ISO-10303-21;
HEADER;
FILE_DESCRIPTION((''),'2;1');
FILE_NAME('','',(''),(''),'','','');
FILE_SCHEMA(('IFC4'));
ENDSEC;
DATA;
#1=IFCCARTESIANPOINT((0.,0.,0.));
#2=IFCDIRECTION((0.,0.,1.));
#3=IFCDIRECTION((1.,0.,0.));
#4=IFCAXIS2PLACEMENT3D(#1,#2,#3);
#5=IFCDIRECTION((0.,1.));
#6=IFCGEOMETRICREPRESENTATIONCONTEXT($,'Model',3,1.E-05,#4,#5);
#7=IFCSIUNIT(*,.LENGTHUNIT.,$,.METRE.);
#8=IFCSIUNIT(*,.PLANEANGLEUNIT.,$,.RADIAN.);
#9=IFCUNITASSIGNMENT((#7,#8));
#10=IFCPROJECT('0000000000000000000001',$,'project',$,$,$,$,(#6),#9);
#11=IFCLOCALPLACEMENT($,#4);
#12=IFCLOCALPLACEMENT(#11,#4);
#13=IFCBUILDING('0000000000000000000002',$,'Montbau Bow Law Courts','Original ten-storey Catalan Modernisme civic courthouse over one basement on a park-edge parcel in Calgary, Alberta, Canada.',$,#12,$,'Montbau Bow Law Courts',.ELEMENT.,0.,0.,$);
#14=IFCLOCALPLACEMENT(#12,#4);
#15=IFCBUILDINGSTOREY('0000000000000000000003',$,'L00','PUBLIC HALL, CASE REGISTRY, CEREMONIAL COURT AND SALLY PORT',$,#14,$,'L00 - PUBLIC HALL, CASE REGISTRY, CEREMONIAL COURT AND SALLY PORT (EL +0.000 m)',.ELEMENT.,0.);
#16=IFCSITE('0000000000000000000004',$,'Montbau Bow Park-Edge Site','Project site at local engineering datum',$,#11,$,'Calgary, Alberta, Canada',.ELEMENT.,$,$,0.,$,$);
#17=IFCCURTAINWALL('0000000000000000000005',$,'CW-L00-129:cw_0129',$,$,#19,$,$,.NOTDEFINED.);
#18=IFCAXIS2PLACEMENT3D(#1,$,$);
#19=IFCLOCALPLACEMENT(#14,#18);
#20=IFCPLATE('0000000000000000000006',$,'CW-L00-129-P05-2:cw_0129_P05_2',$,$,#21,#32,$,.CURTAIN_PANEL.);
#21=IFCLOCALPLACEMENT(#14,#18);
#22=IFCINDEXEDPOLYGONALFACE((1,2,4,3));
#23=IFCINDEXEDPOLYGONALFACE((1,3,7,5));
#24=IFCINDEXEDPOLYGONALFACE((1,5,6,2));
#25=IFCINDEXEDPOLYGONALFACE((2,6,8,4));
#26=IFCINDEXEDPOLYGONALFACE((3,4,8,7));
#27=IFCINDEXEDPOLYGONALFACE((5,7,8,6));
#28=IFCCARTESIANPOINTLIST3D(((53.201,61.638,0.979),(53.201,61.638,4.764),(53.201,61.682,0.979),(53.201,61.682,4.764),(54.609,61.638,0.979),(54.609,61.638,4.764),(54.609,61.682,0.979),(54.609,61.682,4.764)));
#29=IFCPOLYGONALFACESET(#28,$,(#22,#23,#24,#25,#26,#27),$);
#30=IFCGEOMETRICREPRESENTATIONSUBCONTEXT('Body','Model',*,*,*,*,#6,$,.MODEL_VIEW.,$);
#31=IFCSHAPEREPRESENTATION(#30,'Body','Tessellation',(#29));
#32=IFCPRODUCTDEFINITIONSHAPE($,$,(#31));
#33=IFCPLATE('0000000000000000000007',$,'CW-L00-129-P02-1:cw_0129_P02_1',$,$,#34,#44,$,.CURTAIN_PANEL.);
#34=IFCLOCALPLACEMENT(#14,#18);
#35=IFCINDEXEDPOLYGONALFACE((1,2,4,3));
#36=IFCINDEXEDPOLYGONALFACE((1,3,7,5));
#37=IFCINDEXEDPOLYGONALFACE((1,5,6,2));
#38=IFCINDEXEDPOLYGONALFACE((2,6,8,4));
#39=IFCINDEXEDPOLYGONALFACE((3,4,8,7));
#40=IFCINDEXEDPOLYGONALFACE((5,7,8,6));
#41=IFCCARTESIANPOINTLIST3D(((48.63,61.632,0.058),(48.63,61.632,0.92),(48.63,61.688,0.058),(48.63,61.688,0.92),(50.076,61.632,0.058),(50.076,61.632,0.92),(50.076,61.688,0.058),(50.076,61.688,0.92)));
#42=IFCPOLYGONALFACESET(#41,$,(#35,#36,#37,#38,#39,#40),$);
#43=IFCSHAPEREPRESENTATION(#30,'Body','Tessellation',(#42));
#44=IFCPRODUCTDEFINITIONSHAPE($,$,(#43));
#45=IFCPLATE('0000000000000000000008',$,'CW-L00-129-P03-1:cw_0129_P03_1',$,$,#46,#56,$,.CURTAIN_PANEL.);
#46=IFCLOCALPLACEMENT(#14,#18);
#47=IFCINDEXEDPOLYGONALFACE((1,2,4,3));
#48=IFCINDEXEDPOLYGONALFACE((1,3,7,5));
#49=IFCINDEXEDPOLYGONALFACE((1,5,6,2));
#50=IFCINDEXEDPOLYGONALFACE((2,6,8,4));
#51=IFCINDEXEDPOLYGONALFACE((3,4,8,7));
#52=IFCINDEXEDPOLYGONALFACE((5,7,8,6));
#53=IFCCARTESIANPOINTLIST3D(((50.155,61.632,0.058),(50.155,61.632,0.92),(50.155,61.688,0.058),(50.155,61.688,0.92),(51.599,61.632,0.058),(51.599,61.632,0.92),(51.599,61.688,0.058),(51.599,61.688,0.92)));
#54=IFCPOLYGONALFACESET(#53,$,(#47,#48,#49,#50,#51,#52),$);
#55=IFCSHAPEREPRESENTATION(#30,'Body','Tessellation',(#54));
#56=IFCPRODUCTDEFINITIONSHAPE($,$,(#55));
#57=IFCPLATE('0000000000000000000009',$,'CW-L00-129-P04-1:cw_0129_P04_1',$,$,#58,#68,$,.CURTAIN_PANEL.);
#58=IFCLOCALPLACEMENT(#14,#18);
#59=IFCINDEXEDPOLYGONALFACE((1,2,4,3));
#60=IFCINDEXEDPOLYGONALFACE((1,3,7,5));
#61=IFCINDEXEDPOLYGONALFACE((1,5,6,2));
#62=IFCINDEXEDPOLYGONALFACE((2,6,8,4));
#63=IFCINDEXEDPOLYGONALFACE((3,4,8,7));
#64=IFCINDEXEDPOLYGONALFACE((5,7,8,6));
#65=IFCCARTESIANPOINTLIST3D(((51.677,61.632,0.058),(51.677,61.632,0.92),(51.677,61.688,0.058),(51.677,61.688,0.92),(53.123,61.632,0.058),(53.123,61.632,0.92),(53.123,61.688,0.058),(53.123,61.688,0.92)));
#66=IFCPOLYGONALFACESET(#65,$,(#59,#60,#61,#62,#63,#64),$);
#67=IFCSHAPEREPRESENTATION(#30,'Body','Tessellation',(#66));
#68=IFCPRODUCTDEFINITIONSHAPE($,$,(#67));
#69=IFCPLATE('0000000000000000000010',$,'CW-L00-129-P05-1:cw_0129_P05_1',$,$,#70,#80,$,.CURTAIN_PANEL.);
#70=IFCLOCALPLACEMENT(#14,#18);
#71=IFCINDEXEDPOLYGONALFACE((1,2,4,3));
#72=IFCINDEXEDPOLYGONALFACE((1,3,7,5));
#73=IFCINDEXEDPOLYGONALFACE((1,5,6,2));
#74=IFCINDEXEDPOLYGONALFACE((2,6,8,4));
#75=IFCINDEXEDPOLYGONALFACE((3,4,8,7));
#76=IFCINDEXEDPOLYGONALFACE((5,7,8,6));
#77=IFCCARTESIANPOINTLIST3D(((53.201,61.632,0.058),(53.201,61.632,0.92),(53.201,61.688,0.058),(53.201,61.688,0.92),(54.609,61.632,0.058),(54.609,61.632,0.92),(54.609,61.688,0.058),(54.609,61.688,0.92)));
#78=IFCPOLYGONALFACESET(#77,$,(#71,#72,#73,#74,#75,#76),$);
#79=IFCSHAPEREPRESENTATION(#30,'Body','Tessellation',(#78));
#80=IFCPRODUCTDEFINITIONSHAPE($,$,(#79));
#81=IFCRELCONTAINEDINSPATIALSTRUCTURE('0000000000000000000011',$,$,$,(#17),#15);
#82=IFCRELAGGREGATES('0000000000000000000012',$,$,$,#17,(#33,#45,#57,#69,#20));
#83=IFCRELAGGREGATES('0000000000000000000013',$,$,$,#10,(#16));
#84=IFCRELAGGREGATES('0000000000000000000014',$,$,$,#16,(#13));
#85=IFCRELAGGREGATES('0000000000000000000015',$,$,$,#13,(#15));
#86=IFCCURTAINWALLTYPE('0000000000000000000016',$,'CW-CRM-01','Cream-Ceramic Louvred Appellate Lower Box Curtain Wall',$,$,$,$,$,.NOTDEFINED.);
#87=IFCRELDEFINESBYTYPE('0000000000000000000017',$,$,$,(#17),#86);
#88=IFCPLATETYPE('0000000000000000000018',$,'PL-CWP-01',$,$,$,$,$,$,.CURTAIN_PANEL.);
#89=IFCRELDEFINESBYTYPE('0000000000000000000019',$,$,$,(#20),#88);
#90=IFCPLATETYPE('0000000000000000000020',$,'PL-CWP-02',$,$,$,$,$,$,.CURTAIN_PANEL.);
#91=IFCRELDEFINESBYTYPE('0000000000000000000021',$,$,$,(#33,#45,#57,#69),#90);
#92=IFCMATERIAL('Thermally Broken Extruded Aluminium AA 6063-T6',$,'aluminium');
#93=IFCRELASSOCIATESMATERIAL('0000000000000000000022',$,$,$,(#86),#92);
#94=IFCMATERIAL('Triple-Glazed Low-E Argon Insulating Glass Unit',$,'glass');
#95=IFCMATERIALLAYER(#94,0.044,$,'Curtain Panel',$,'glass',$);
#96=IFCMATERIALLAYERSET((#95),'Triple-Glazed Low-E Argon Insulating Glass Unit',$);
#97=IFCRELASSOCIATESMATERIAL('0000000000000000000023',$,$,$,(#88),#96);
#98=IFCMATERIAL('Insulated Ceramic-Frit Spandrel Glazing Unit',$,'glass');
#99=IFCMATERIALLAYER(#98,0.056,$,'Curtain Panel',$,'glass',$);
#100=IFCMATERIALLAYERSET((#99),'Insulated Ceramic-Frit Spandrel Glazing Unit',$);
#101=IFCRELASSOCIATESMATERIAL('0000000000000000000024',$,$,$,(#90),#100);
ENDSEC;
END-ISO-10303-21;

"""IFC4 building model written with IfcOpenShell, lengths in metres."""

from ifc_helpers import new_model, si_unit, direction, frame, frame_2d, origin_with_axes, place, context, subcontext, project, spatial, rectangle, extrude, material, layer, layer_set, type_object, element, aggregate, save


model = new_model("IFC4")

# Units and contexts
model_context = context("Model", 3, precision=1e-05, world=origin_with_axes(), true_north=direction((0.0, 1.0)))
body_context = subcontext(model_context, "Body", "Model", "MODEL_VIEW")
ifc_project = project(units=[si_unit("LENGTHUNIT", "METRE"), si_unit("PLANEANGLEUNIT", "RADIAN")], contexts=[model_context])

# Site, building, storey
site_placement = place(None, origin_with_axes())
site = spatial("IfcSite", under=ifc_project, at=site_placement, Name="Montbau Bow Park-Edge Site", Description="Project site at local engineering datum", LongName="Calgary, Alberta, Canada", CompositionType="ELEMENT", RefElevation=0.0)
building_placement = place(site_placement, origin_with_axes())
building = spatial("IfcBuilding", under=site, at=building_placement, Name="Montbau Bow Law Courts", Description="Original ten-storey Catalan Modernisme civic courthouse over one basement on a park-edge parcel in Calgary, Alberta, Canada.", LongName="Montbau Bow Law Courts", CompositionType="ELEMENT", ElevationOfRefHeight=0.0, ElevationOfTerrain=0.0)
storey_placement = place(building_placement, origin_with_axes())
storey = spatial("IfcBuildingStorey", under=building, at=storey_placement, Name="L00", Description="PUBLIC HALL, CASE REGISTRY, CEREMONIAL COURT AND SALLY PORT", LongName="L00 - PUBLIC HALL, CASE REGISTRY, CEREMONIAL COURT AND SALLY PORT (EL +0.000 m)", CompositionType="ELEMENT", Elevation=0.0)

# Curtain wall, plates
ifc_material_1 = material(Name="Thermally Broken Extruded Aluminium AA 6063-T6", Category="aluminium")
curtain_wall_type = type_object("IfcCurtainWallType", Name="CW-CRM-01", Description="Cream-Ceramic Louvred Appellate Lower Box Curtain Wall", PredefinedType="NOTDEFINED", material=ifc_material_1)
curtain_wall_placement = place(None, frame((47.068, 61.66, 0.0), z_axis=(0.0, 0.0, 1.0), x_axis=(1.0, 0.0, 0.0)))
curtain_wall = element("IfcCurtainWall", 1, at=curtain_wall_placement, inside=storey, type_object=curtain_wall_type, Name="CW-L00-129:cw_0129", PredefinedType="NOTDEFINED")
ifc_material_2 = material(Name="Triple-Glazed Low-E Argon Insulating Glass Unit", Category="glass")
ifc_layer_1 = layer(ifc_material_2, 0.044, Name="Curtain Panel", Category="glass")
ifc_layer_set_1 = layer_set([ifc_layer_1], Name="Triple-Glazed Low-E Argon Insulating Glass Unit")
plate_type_1 = type_object("IfcPlateType", Name="PL-CWP-01", PredefinedType="CURTAIN_PANEL", material=ifc_layer_set_1)
plate_1_placement = place(None, frame((53.201, 61.66, 0.979), z_axis=(0.0, -1.0, 0.0), x_axis=(1.0, 0.0, 0.0)))
plate_1 = element("IfcPlate", 2, at=plate_1_placement, type_object=plate_type_1, Name="CW-L00-129-P05-2:cw_0129_P05_2", PredefinedType="CURTAIN_PANEL", context=body_context, shape_type="SweptSolid", body=[
    extrude(rectangle(XDim=1.408, YDim=3.785, at=frame_2d((0.704, 1.8925), x_axis=(1.0, 0.0))), frame((0.0, 0.0, -0.022), z_axis=(0.0, 0.0, 1.0), x_axis=(1.0, 0.0, 0.0)), (0.0, 0.0, 1.0), 0.044),
])
ifc_material_3 = material(Name="Insulated Ceramic-Frit Spandrel Glazing Unit", Category="glass")
ifc_layer_2 = layer(ifc_material_3, 0.056, Name="Curtain Panel", Category="glass")
ifc_layer_set_2 = layer_set([ifc_layer_2], Name="Insulated Ceramic-Frit Spandrel Glazing Unit")
plate_type_2 = type_object("IfcPlateType", Name="PL-CWP-02", PredefinedType="CURTAIN_PANEL", material=ifc_layer_set_2)
plate_2_placement = place(None, frame((48.63, 61.66, 0.058), z_axis=(0.0, -1.0, 0.0), x_axis=(1.0, 0.0, 0.0)))
plate_2 = element("IfcPlate", 3, at=plate_2_placement, type_object=plate_type_2, Name="CW-L00-129-P02-1:cw_0129_P02_1", PredefinedType="CURTAIN_PANEL", context=body_context, shape_type="SweptSolid", body=[
    extrude(rectangle(XDim=1.446, YDim=0.862, at=frame_2d((0.723, 0.431), x_axis=(1.0, 0.0))), frame((0.0, 0.0, -0.028), z_axis=(0.0, 0.0, 1.0), x_axis=(1.0, 0.0, 0.0)), (0.0, 0.0, 1.0), 0.056),
])
plate_3_placement = place(None, frame((50.155, 61.66, 0.058), z_axis=(0.0, -1.0, 0.0), x_axis=(1.0, 0.0, 0.0)))
plate_3 = element("IfcPlate", 4, at=plate_3_placement, type_object=plate_type_2, Name="CW-L00-129-P03-1:cw_0129_P03_1", PredefinedType="CURTAIN_PANEL", context=body_context, shape_type="SweptSolid", body=[
    extrude(rectangle(XDim=1.444, YDim=0.862, at=frame_2d((0.722, 0.431), x_axis=(1.0, 0.0))), frame((0.0, 0.0, -0.028), z_axis=(0.0, 0.0, 1.0), x_axis=(1.0, 0.0, 0.0)), (0.0, 0.0, 1.0), 0.056),
])
plate_4_placement = place(None, frame((51.677, 61.66, 0.058), z_axis=(0.0, -1.0, 0.0), x_axis=(1.0, 0.0, 0.0)))
plate_4 = element("IfcPlate", 5, at=plate_4_placement, type_object=plate_type_2, Name="CW-L00-129-P04-1:cw_0129_P04_1", PredefinedType="CURTAIN_PANEL", context=body_context, shape_type="SweptSolid", body=[
    extrude(rectangle(XDim=1.446, YDim=0.862, at=frame_2d((0.723, 0.431), x_axis=(1.0, 0.0))), frame((0.0, 0.0, -0.028), z_axis=(0.0, 0.0, 1.0), x_axis=(1.0, 0.0, 0.0)), (0.0, 0.0, 1.0), 0.056),
])
plate_5_placement = place(None, frame((53.201, 61.66, 0.058), z_axis=(0.0, -1.0, 0.0), x_axis=(1.0, 0.0, 0.0)))
plate_5 = element("IfcPlate", 6, at=plate_5_placement, type_object=plate_type_2, Name="CW-L00-129-P05-1:cw_0129_P05_1", PredefinedType="CURTAIN_PANEL", context=body_context, shape_type="SweptSolid", body=[
    extrude(rectangle(XDim=1.408, YDim=0.862, at=frame_2d((0.704, 0.431), x_axis=(1.0, 0.0))), frame((0.0, 0.0, -0.028), z_axis=(0.0, 0.0, 1.0), x_axis=(1.0, 0.0, 0.0)), (0.0, 0.0, 1.0), 0.056),
])
aggregate(curtain_wall, [plate_2, plate_3, plate_4, plate_5, plate_1])

save(model, "model.ifc")
